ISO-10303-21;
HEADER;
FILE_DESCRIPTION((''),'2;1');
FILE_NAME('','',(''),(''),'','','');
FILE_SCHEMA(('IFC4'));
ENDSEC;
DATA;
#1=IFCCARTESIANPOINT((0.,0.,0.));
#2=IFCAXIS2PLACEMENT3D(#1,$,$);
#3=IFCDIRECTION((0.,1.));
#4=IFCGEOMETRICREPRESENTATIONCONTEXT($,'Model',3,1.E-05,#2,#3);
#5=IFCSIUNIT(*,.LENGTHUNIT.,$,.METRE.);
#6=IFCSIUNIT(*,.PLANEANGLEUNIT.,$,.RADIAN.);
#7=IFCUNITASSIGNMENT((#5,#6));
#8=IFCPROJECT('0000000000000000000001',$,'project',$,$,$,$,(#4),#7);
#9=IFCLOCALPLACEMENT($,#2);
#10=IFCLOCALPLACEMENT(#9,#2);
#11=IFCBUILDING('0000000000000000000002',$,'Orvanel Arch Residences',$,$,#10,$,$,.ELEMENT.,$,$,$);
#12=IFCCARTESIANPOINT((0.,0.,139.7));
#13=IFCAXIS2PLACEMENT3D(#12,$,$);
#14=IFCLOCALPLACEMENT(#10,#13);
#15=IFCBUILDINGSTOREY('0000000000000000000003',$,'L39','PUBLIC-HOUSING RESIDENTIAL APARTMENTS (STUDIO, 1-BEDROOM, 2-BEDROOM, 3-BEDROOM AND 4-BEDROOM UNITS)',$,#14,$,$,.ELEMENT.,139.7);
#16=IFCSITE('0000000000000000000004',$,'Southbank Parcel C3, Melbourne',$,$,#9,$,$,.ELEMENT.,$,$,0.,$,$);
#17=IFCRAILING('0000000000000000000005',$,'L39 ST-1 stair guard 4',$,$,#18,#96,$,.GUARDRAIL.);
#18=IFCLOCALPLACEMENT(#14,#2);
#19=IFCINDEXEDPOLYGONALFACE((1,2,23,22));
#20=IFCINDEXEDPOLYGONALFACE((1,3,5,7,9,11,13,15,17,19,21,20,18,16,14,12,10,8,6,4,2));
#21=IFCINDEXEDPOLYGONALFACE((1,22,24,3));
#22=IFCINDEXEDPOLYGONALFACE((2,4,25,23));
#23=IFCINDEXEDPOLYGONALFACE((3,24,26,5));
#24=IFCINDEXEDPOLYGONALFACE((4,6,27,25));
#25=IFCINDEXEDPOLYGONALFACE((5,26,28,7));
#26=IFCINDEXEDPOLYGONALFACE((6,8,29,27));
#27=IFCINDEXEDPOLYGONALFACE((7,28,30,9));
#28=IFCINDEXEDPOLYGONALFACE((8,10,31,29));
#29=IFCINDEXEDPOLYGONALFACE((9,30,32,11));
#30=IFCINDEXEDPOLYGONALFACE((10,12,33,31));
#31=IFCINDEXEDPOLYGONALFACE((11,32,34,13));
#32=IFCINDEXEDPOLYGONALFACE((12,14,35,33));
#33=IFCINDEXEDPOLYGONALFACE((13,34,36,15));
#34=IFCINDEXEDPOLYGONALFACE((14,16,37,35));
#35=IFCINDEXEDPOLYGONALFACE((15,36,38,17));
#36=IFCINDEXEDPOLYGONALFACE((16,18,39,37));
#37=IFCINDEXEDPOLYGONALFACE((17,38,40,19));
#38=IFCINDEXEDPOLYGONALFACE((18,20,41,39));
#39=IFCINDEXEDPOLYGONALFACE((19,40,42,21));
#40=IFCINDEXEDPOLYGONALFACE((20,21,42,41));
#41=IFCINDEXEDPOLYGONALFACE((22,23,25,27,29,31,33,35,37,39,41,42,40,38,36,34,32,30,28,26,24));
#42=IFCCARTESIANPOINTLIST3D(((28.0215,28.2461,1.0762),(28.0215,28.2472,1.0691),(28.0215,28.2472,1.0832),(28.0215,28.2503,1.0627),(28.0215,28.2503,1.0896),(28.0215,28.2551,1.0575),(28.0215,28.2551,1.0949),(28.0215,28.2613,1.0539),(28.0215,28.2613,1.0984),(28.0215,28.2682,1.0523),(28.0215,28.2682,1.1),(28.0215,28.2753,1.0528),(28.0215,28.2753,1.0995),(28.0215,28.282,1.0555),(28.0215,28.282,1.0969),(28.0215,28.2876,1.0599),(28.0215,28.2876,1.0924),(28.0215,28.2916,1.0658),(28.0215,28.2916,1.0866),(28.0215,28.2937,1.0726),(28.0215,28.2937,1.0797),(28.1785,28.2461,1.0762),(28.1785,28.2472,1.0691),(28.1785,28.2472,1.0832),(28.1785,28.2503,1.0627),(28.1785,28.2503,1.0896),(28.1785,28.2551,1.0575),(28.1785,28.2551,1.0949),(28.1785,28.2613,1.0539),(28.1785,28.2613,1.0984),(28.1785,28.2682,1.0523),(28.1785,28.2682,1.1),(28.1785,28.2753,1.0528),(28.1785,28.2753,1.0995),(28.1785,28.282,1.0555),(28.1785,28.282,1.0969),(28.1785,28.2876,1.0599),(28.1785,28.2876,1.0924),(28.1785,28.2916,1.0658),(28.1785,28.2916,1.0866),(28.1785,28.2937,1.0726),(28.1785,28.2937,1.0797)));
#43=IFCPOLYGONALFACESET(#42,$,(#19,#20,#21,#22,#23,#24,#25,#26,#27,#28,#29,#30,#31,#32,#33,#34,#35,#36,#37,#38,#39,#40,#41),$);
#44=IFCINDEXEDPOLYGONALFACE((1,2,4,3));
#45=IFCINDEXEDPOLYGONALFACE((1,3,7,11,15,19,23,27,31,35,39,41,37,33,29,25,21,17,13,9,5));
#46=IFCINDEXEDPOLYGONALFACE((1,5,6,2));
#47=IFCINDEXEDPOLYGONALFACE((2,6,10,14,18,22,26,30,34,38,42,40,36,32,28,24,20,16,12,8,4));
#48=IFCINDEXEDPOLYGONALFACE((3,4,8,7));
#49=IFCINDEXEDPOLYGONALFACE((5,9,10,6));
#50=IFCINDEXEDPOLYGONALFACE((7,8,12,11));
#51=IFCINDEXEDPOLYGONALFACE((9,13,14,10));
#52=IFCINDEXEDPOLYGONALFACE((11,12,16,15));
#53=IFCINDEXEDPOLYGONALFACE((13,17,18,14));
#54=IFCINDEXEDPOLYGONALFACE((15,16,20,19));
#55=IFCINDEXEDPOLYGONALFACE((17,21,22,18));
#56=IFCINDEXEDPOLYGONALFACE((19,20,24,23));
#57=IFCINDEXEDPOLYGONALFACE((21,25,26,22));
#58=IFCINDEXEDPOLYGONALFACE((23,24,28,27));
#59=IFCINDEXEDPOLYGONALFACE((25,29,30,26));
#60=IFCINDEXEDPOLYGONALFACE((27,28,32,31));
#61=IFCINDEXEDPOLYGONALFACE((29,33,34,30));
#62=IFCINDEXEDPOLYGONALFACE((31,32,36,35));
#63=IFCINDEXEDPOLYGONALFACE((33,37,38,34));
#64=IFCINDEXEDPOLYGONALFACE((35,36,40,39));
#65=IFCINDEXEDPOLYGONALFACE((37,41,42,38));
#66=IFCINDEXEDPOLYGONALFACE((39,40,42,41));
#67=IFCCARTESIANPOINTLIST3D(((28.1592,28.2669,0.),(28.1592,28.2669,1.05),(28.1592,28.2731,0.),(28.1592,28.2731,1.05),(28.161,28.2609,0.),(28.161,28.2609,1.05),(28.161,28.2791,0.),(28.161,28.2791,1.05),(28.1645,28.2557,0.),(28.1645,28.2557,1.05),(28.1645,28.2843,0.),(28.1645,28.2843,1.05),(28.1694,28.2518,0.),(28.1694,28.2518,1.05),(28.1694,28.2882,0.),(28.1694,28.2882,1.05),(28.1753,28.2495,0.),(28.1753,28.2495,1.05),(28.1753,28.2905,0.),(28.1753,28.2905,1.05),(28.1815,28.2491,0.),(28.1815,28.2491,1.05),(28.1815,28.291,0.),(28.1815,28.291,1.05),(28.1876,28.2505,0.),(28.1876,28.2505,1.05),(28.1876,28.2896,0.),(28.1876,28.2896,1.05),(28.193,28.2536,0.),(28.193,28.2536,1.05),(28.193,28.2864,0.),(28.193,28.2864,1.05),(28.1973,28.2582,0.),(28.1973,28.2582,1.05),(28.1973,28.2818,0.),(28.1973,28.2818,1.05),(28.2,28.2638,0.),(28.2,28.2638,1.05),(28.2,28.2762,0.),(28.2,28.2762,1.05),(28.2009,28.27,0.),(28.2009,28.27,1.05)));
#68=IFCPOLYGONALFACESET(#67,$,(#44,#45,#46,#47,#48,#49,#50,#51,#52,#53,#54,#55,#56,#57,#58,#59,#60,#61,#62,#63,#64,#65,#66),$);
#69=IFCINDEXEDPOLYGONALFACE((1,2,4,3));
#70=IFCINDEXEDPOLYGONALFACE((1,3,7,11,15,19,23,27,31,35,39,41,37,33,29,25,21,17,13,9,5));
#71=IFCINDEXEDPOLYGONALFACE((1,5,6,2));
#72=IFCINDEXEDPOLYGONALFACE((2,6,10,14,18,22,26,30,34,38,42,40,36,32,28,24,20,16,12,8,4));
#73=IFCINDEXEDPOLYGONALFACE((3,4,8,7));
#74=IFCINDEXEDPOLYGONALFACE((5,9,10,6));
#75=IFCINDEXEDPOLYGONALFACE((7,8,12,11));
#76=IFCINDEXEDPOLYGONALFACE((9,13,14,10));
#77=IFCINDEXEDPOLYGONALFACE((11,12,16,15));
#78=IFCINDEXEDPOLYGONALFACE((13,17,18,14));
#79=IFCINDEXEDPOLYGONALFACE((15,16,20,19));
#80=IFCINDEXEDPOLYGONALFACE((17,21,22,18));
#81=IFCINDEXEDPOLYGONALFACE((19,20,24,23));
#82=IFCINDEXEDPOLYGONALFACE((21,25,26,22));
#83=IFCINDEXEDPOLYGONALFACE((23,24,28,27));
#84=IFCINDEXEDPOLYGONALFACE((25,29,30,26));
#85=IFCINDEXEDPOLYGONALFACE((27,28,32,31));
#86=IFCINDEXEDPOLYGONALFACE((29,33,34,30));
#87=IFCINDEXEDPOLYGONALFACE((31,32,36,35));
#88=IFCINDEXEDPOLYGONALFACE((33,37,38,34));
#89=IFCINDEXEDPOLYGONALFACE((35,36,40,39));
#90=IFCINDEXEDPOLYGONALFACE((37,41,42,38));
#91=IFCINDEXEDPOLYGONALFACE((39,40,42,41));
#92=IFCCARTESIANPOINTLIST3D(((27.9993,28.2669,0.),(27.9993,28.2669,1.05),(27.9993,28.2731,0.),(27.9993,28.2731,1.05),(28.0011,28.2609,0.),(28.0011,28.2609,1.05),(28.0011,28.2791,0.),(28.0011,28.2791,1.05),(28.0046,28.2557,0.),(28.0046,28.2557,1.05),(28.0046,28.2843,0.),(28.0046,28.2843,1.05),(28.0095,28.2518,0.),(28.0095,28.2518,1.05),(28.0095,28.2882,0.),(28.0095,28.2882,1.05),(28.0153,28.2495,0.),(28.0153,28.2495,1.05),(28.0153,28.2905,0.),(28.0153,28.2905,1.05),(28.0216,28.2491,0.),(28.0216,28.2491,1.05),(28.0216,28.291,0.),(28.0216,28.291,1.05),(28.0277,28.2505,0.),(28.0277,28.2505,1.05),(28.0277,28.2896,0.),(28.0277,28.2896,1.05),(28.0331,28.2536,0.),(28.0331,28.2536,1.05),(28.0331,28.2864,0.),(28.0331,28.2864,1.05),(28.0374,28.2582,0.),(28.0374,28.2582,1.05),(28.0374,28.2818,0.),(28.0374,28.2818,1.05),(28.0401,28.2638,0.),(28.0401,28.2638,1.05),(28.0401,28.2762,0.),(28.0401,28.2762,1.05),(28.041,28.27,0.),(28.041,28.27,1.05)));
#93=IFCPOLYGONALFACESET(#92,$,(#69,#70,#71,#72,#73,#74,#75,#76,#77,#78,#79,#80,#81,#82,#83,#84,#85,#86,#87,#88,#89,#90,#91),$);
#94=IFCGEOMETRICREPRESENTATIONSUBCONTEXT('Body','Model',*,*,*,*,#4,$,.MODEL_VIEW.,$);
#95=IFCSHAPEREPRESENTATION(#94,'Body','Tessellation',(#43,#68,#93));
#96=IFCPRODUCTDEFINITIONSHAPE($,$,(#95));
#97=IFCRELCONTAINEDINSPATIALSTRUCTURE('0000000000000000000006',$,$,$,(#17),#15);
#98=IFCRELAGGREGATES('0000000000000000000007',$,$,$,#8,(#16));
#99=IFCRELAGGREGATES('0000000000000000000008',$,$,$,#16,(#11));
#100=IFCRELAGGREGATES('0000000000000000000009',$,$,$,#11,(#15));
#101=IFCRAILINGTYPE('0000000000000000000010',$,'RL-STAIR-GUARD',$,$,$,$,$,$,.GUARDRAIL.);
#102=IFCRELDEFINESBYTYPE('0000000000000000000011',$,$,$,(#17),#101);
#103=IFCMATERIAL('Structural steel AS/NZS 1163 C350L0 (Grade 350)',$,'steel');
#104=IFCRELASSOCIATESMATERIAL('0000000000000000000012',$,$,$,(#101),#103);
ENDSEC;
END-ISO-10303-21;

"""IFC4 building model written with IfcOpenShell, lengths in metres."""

from ifc_helpers import new_model, si_unit, direction, frame, origin, origin_2d, place, context, subcontext, project, spatial, circle, extrude, material, type_object, element, save


model = new_model("IFC4")

# Units and contexts
model_context = context("Model", 3, precision=1e-05, world=origin(), true_north=direction((0.0, 1.0)))
body_context = subcontext(model_context, "Body", "Model", "MODEL_VIEW")
ifc_project = project(units=[si_unit("LENGTHUNIT", "METRE"), si_unit("PLANEANGLEUNIT", "RADIAN")], contexts=[model_context])

# Site, building, storey
site_placement = place(None, origin())
site = spatial("IfcSite", under=ifc_project, at=site_placement, Name="Southbank Parcel C3, Melbourne", CompositionType="ELEMENT", RefElevation=0.0)
building_placement = place(site_placement, origin())
building = spatial("IfcBuilding", under=site, at=building_placement, Name="Orvanel Arch Residences", CompositionType="ELEMENT")
storey_placement = place(building_placement, frame((0.0, 0.0, 139.7)))
storey = spatial("IfcBuildingStorey", under=building, at=storey_placement, Name="L39", Description="PUBLIC-HOUSING RESIDENTIAL APARTMENTS (STUDIO, 1-BEDROOM, 2-BEDROOM, 3-BEDROOM AND 4-BEDROOM UNITS)", CompositionType="ELEMENT", Elevation=139.7)

# Railing
ifc_material_1 = material(Name="Structural steel AS/NZS 1163 C350L0 (Grade 350)", Category="steel")
railing_type_1 = type_object("IfcRailingType", Name="RL-STAIR-GUARD", PredefinedType="GUARDRAIL", material=ifc_material_1)
railing_1_placement = place(storey_placement, frame((28.1799, 28.27, 0.0)))
element("IfcRailing", 1, at=railing_1_placement, inside=storey, type_object=railing_type_1, Name="L39 ST-1 stair guard 4", PredefinedType="GUARDRAIL", context=body_context, shape_type="SweptSolid", body=[
    extrude(circle(Radius=0.0239, at=origin_2d()), frame((-0.0015, 0.0, 1.0762), z_axis=(-1.0, 0.0, 0.0), x_axis=(0.0, -1.0, 0.0)), (0.0, 0.0, 1.0), 0.157),
    extrude(circle(Radius=0.021, at=origin_2d()), origin(), (0.0, 0.0, 1.0), 1.05),
    extrude(circle(Radius=0.021, at=origin_2d()), frame((-0.1599, 0.0, 0.0)), (0.0, 0.0, 1.0), 1.05),
])

save(model, "model.ifc")
